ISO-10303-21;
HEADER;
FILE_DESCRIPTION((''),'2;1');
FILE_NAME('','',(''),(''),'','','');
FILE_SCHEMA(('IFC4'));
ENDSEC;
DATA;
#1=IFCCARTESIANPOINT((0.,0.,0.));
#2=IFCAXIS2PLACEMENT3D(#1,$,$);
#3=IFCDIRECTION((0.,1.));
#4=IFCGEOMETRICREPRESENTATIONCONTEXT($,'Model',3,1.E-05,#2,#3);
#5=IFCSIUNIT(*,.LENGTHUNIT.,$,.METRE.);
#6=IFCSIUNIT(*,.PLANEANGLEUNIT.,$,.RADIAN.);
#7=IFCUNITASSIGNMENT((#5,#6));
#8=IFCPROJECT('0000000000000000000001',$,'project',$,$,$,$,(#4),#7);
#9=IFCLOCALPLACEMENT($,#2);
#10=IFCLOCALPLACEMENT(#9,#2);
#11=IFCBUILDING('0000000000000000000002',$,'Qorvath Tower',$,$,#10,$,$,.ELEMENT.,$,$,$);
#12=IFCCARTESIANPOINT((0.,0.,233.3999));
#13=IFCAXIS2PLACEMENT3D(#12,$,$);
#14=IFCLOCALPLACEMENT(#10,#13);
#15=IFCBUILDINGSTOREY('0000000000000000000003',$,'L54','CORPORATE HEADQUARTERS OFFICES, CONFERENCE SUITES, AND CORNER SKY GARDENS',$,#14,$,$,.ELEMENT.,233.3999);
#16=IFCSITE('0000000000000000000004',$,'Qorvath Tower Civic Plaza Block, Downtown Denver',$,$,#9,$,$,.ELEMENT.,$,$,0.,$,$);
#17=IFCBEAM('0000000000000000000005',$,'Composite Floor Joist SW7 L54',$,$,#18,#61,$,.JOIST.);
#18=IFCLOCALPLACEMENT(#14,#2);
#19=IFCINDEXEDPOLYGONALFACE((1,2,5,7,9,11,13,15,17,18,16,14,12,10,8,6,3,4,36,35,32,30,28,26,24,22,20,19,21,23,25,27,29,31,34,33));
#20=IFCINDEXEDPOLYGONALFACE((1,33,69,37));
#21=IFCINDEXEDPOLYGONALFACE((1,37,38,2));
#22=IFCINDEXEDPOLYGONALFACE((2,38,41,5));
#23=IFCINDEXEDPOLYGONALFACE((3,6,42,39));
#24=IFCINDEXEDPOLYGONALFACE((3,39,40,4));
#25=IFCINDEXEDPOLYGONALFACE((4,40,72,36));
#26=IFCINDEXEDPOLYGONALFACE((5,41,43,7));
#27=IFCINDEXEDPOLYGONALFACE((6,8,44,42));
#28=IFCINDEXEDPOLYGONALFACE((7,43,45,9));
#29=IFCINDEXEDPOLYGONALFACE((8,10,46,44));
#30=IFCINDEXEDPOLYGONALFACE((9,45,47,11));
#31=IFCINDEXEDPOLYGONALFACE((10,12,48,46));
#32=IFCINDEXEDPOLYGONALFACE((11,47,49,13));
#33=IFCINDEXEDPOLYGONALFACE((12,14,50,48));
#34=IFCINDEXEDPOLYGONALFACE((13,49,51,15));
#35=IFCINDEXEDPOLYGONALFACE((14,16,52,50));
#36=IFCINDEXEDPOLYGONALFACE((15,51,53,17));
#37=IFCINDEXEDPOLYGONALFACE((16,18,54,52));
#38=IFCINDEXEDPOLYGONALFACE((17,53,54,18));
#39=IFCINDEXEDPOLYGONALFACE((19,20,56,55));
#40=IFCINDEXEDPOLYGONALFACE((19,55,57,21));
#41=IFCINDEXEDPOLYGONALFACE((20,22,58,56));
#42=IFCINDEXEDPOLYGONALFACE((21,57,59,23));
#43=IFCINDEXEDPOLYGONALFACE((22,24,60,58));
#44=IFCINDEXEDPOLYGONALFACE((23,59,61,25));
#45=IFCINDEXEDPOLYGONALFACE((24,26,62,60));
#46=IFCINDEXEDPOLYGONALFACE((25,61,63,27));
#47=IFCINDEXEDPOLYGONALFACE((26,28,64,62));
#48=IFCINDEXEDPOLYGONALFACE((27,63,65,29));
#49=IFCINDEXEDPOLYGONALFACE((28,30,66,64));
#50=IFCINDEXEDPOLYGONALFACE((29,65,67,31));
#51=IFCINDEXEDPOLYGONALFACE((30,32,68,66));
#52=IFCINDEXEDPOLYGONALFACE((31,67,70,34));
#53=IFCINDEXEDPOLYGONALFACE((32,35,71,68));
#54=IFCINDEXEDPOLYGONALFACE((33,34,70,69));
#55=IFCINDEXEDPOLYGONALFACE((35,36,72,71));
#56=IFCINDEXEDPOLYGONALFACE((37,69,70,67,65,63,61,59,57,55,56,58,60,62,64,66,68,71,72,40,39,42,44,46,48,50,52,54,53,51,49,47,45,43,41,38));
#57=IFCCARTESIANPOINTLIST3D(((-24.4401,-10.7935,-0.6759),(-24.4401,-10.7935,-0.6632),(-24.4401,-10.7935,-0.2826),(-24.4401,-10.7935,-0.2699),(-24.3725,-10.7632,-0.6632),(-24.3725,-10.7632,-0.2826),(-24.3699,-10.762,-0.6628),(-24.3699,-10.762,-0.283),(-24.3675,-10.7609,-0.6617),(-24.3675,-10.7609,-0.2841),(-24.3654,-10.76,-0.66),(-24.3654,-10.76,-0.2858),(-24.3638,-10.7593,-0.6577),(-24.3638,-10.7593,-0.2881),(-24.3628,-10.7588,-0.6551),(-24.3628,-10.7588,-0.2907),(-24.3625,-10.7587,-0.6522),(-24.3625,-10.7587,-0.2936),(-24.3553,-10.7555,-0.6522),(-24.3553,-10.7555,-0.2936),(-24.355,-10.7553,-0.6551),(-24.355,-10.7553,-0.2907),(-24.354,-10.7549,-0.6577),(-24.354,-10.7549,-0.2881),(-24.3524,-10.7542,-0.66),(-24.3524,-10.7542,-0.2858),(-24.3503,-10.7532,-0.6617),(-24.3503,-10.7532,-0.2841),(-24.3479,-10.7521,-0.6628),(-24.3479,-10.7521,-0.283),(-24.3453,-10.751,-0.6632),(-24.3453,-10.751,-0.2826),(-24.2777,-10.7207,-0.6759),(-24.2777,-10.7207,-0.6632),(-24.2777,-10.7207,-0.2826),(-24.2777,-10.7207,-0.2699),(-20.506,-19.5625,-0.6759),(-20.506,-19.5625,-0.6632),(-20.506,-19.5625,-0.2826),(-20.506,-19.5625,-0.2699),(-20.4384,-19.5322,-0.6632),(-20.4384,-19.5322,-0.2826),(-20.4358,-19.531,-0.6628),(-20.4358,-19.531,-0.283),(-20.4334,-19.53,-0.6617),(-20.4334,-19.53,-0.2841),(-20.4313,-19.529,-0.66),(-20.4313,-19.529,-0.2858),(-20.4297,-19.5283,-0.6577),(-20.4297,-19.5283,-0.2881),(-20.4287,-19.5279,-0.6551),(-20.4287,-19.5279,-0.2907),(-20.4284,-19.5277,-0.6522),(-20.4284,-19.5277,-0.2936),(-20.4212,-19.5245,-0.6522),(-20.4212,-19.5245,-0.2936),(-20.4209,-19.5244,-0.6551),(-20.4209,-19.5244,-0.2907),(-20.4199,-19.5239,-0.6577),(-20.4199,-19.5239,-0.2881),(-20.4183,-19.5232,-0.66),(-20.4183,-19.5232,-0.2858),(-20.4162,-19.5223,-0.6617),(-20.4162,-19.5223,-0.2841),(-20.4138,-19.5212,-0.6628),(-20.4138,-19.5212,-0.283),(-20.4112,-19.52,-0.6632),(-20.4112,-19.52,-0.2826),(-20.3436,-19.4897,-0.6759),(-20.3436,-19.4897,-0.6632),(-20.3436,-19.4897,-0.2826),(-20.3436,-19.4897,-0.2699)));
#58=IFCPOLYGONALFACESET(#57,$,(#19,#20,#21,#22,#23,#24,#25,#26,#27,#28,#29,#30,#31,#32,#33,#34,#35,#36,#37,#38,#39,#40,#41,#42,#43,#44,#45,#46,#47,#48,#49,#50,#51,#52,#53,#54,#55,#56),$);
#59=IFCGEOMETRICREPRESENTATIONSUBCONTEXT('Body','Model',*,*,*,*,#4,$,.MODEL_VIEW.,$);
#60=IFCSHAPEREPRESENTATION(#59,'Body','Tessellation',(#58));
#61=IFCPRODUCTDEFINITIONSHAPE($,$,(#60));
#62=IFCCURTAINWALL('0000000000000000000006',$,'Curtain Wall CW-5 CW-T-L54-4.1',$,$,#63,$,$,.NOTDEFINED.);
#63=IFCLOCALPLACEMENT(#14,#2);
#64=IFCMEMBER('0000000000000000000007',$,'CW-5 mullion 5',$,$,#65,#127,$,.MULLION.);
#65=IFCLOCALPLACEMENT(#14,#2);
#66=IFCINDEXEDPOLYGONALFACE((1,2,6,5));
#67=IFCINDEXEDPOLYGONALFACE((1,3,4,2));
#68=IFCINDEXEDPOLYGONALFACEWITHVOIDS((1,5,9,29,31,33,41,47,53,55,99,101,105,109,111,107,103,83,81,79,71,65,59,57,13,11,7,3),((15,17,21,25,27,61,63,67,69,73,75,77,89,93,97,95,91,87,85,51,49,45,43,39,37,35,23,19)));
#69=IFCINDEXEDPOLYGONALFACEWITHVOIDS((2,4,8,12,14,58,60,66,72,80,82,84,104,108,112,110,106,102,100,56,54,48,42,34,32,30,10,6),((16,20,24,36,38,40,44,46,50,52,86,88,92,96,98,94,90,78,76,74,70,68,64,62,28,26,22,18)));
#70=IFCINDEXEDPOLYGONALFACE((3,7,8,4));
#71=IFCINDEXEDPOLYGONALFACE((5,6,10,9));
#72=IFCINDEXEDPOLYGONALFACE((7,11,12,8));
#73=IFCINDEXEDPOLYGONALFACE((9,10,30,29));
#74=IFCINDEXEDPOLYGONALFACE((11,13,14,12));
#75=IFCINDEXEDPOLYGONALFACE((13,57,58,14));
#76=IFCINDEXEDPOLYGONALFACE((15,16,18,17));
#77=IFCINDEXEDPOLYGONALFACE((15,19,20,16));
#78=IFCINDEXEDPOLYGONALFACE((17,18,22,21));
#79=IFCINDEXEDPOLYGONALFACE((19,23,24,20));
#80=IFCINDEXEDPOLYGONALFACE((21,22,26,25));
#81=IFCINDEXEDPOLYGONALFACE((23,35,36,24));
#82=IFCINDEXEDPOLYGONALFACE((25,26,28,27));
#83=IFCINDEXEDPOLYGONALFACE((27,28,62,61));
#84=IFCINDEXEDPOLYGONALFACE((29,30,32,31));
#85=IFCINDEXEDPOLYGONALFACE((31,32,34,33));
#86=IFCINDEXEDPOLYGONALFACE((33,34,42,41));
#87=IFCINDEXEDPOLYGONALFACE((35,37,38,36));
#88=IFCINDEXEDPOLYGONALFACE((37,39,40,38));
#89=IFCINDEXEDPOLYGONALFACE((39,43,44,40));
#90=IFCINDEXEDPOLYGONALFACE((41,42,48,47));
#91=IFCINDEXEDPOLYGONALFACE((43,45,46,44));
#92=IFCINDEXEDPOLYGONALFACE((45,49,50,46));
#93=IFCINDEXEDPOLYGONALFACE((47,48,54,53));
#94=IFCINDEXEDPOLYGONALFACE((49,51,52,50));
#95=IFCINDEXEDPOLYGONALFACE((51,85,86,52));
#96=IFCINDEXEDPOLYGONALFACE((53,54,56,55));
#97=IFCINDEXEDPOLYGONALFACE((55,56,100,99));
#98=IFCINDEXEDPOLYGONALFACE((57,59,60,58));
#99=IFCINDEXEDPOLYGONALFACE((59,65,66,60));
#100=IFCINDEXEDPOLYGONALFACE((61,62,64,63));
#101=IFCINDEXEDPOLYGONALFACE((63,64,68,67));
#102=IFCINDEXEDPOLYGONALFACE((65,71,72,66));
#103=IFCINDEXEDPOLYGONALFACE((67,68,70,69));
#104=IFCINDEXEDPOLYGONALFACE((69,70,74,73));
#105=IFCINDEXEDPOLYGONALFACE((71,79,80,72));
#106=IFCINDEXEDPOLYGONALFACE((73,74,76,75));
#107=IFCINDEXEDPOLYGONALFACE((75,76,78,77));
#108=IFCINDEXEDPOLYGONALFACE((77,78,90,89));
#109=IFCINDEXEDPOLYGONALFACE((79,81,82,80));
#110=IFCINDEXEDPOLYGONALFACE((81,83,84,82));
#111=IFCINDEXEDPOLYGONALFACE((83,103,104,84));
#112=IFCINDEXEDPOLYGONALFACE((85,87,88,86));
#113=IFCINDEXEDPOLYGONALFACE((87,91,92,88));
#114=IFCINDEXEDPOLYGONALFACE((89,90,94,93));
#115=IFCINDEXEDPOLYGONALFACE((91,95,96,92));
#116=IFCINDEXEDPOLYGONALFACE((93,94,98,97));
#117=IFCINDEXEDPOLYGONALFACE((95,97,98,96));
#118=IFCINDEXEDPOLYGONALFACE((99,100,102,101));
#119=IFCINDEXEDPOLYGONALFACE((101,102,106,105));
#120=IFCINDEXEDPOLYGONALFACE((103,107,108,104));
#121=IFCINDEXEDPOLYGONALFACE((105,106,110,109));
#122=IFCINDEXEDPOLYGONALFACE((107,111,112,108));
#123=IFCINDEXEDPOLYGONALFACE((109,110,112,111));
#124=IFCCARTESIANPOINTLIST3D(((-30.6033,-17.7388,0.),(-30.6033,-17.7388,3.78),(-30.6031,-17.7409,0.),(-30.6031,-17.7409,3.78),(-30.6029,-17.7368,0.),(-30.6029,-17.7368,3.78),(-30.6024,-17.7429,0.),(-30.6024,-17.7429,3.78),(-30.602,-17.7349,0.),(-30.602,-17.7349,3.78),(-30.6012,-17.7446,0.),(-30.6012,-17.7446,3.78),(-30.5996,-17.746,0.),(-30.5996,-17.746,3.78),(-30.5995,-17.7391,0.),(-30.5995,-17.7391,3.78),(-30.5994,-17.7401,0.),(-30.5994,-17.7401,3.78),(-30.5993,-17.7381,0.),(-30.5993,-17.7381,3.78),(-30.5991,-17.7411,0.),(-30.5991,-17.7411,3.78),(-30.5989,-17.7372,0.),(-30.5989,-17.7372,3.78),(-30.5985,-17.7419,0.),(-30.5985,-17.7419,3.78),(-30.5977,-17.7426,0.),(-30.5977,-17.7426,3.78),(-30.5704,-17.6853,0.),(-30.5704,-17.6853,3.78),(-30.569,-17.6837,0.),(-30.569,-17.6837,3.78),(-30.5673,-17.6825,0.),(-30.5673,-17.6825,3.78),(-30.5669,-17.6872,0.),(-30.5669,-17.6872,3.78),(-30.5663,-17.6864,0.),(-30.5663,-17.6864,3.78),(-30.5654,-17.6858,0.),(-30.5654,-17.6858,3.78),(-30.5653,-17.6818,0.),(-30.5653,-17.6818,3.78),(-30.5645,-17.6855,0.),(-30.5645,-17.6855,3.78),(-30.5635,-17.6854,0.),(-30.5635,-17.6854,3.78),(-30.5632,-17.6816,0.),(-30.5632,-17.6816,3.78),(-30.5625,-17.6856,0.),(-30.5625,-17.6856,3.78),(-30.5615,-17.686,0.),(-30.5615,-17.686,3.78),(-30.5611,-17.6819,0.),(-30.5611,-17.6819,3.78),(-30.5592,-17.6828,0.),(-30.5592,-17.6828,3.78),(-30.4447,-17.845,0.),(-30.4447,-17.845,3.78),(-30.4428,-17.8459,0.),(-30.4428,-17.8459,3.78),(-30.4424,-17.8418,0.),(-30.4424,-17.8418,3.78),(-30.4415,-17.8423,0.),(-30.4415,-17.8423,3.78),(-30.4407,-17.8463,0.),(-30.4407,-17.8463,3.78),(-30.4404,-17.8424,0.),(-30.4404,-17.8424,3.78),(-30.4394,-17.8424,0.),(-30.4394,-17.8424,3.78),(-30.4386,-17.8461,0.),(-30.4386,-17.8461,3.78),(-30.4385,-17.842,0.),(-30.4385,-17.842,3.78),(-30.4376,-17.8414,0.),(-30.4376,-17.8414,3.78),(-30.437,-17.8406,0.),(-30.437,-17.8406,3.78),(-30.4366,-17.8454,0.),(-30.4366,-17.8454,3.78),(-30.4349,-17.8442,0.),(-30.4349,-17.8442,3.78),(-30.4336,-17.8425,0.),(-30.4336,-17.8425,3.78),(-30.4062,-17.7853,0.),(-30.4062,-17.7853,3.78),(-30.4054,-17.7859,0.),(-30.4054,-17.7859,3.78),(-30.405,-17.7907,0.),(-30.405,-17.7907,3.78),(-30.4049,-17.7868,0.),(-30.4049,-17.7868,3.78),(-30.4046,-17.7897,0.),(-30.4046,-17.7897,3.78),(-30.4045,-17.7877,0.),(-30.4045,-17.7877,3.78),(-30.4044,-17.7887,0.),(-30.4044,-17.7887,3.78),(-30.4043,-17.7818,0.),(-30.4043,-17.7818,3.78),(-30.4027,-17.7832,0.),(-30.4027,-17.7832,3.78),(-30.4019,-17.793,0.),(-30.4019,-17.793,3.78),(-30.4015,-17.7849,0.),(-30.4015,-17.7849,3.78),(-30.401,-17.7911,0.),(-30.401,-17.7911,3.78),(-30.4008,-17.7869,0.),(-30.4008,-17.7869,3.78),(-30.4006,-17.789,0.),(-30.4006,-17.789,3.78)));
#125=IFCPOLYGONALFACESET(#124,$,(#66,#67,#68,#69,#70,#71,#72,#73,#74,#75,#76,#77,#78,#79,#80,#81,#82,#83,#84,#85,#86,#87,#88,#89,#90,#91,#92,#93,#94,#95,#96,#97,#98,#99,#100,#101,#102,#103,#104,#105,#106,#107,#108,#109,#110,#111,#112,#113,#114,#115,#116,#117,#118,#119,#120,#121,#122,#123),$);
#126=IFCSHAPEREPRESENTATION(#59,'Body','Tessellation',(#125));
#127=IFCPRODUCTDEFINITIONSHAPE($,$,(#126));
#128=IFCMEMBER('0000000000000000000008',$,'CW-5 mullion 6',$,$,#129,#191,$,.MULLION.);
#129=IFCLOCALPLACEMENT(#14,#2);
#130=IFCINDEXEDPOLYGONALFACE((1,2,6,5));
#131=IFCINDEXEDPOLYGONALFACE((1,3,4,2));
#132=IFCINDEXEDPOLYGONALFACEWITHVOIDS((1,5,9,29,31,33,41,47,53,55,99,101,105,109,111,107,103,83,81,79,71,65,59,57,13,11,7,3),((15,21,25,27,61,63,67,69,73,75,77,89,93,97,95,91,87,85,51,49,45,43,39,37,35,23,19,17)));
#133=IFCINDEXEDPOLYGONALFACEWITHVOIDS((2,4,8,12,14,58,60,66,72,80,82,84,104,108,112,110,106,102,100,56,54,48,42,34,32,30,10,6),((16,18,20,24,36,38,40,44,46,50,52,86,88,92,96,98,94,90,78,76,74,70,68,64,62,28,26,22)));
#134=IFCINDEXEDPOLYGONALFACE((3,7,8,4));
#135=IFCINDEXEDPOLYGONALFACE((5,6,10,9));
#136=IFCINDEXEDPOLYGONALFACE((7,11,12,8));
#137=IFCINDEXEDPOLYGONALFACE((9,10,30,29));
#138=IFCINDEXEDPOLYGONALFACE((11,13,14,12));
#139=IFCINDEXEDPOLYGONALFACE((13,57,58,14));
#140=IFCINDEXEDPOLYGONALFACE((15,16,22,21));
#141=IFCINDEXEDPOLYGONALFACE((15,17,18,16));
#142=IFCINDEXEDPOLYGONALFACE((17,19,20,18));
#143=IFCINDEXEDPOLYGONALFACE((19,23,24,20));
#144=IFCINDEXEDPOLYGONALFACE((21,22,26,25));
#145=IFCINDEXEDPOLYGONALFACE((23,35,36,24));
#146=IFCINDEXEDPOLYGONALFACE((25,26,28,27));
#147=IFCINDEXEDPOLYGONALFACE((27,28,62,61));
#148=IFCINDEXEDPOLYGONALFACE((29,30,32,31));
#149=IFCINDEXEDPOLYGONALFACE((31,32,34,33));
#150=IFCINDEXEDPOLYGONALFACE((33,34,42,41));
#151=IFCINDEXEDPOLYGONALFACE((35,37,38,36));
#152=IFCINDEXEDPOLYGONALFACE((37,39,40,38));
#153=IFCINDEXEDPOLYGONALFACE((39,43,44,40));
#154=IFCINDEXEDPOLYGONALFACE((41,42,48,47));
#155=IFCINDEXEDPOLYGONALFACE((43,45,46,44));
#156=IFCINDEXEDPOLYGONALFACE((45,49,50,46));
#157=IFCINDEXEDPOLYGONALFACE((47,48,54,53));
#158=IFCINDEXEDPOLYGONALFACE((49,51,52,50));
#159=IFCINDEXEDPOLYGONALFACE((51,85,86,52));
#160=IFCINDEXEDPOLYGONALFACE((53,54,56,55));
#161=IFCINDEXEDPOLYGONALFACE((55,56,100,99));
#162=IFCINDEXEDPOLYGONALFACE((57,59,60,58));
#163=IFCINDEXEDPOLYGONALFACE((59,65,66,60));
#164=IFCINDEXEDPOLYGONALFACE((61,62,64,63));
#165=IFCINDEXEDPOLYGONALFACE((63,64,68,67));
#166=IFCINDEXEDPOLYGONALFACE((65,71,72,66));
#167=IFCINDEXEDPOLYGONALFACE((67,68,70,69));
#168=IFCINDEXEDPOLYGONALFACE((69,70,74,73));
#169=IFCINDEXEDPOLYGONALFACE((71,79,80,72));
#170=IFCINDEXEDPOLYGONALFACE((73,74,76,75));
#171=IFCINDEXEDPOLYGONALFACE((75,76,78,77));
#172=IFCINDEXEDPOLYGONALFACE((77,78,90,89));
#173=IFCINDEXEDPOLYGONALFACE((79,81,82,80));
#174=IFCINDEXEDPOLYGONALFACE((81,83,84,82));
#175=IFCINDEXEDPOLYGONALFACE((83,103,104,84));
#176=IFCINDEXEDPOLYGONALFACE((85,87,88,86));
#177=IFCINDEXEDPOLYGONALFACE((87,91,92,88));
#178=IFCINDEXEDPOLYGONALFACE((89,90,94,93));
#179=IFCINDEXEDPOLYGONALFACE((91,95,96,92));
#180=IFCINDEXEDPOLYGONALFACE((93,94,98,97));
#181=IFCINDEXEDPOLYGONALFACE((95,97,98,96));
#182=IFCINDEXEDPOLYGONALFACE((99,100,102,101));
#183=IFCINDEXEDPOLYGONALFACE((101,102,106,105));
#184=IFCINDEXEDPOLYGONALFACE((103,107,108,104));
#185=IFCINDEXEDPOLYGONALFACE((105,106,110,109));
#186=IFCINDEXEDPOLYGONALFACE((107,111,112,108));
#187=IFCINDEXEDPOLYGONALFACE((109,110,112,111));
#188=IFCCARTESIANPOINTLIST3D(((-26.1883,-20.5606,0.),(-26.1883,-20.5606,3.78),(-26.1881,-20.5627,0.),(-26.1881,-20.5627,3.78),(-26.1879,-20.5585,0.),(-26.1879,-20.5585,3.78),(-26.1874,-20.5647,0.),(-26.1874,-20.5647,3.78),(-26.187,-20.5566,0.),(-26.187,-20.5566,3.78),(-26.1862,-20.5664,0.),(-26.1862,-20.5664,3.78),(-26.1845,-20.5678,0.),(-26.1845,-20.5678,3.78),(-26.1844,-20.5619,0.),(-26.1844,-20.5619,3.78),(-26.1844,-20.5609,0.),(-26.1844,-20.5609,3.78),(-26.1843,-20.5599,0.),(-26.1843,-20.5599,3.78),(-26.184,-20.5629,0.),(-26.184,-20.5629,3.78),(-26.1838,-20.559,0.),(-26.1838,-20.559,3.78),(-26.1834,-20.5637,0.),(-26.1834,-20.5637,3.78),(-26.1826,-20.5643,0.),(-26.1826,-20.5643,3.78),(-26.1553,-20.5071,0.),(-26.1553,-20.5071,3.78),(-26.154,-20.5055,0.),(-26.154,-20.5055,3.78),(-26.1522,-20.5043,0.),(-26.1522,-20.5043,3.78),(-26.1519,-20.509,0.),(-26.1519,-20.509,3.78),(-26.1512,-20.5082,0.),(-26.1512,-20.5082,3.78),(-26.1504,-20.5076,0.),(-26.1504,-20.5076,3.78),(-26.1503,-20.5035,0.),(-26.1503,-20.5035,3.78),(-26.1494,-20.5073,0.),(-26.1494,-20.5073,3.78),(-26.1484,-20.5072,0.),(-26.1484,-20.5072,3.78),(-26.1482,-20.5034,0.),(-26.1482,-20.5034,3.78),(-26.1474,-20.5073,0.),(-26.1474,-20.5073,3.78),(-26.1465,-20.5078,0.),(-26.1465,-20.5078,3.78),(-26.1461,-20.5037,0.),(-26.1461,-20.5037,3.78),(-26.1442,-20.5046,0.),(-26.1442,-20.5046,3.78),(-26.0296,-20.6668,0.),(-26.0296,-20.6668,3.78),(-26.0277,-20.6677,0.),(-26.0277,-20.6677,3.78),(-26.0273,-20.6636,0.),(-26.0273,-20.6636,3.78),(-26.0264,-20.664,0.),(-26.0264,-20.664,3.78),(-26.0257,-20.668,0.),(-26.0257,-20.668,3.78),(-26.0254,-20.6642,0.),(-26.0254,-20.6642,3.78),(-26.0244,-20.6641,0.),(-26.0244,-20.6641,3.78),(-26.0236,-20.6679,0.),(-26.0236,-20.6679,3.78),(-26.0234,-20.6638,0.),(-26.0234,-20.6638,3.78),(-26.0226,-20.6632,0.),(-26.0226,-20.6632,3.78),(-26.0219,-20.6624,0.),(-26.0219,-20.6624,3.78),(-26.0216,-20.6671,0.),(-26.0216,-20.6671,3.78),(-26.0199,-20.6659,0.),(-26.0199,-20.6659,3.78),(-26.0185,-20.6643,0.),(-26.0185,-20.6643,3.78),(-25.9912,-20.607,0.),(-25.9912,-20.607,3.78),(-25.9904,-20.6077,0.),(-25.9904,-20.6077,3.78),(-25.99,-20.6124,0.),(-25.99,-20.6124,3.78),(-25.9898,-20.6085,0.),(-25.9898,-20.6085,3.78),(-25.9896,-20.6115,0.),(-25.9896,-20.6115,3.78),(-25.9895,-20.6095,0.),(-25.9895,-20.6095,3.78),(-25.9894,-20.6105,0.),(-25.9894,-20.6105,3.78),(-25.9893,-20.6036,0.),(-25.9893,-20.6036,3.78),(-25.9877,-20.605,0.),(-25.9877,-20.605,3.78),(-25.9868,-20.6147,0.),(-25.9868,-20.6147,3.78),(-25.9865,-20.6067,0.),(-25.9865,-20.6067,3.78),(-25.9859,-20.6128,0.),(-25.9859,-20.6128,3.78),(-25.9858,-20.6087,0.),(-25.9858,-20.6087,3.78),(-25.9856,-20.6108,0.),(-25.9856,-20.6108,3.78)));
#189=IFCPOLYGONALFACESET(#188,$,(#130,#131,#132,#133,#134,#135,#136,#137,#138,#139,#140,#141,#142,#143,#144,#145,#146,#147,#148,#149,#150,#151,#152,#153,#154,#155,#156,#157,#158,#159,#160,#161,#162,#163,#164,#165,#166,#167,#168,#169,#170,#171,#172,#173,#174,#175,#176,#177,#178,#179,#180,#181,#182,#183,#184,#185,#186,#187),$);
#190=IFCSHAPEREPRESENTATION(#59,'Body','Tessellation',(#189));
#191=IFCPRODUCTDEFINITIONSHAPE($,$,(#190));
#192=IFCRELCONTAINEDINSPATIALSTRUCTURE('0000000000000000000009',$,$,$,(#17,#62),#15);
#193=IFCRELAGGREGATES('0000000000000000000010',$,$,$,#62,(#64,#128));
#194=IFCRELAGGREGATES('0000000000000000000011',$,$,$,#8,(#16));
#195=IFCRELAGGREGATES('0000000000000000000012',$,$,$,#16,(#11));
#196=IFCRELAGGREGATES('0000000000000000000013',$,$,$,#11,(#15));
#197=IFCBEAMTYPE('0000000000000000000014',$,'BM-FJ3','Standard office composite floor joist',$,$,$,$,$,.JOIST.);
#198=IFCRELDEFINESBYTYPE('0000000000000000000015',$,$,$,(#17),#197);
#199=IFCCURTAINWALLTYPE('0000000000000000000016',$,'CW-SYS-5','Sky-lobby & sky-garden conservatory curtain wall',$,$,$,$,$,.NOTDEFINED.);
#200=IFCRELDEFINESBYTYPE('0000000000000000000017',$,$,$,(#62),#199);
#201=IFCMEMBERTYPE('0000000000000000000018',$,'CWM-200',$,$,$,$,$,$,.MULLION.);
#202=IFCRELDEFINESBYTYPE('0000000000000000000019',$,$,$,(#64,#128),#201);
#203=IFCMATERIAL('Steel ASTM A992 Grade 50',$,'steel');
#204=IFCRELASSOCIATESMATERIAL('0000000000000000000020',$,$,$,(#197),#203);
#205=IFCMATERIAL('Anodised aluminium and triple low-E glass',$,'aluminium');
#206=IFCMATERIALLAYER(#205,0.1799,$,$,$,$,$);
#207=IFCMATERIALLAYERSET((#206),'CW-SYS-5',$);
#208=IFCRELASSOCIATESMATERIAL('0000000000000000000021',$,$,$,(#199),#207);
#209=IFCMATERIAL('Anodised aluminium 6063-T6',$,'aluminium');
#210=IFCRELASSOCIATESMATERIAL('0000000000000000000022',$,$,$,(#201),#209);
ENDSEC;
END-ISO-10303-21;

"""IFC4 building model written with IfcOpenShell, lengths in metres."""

from ifc_helpers import new_model, si_unit, direction, frame, origin, origin_2d, place, context, subcontext, project, spatial, hollow_rectangle, i_section, extrude, material, layer, layer_set, material_profile, profile_set, type_object, element, aggregate, save


model = new_model("IFC4")

# Units and contexts
model_context = context("Model", 3, precision=1e-05, world=origin(), true_north=direction((0.0, 1.0)))
body_context = subcontext(model_context, "Body", "Model", "MODEL_VIEW")
ifc_project = project(units=[si_unit("LENGTHUNIT", "METRE"), si_unit("PLANEANGLEUNIT", "RADIAN")], contexts=[model_context])

# Site, building, storey
site_placement = place(None, origin())
site = spatial("IfcSite", under=ifc_project, at=site_placement, Name="Qorvath Tower Civic Plaza Block, Downtown Denver", CompositionType="ELEMENT", RefElevation=0.0)
building_placement = place(site_placement, origin())
building = spatial("IfcBuilding", under=site, at=building_placement, Name="Qorvath Tower", CompositionType="ELEMENT")
storey_placement = place(building_placement, frame((0.0, 0.0, 233.3999)))
storey = spatial("IfcBuildingStorey", under=building, at=storey_placement, Name="L54", Description="CORPORATE HEADQUARTERS OFFICES, CONFERENCE SUITES, AND CORNER SKY GARDENS", CompositionType="ELEMENT", Elevation=233.3999)

# Beam
ifc_material_1 = material(Name="Steel ASTM A992 Grade 50", Category="steel")
ifc_material_profile_1 = material_profile(ifc_material_1, i_section(OverallWidth=0.178, OverallDepth=0.406, WebThickness=0.0078, FlangeThickness=0.0127, FilletRadius=0.011, at=origin_2d()), Name="W16x40")
ifc_profile_set_1 = profile_set([ifc_material_profile_1], Name="Steel ASTM A992 Grade 50")
beam_type_1 = type_object("IfcBeamType", Name="BM-FJ3", Description="Standard office composite floor joist", PredefinedType="JOIST", material=ifc_profile_set_1)
beam_1_placement = place(storey_placement, frame((-24.3589, -10.7571, -0.4729), z_axis=(0.409327, -0.912388, 0.0), x_axis=(0.912388, 0.409327, 0.0)))
element("IfcBeam", 1, at=beam_1_placement, inside=storey, type_object=beam_type_1, Name="Composite Floor Joist SW7 L54", PredefinedType="JOIST", context=body_context, shape_type="SweptSolid", body=[
    extrude(i_section(OverallWidth=0.178, OverallDepth=0.406, WebThickness=0.0078, FlangeThickness=0.0127, FilletRadius=0.011, at=origin_2d()), origin(), (0.0, 0.0, 1.0), 9.6111),
])

# Curtain wall, members
ifc_material_2 = material(Name="Anodised aluminium and triple low-E glass", Category="aluminium")
ifc_layer_1 = layer(ifc_material_2, 0.1799)
ifc_layer_set_1 = layer_set([ifc_layer_1], Name="CW-SYS-5")
curtain_wall_type = type_object("IfcCurtainWallType", Name="CW-SYS-5", Description="Sky-lobby & sky-garden conservatory curtain wall", PredefinedType="NOTDEFINED", material=ifc_layer_set_1)
curtain_wall_placement = place(storey_placement, origin())
curtain_wall = element("IfcCurtainWall", 2, at=curtain_wall_placement, inside=storey, type_object=curtain_wall_type, Name="Curtain Wall CW-5 CW-T-L54-4.1", PredefinedType="NOTDEFINED")
ifc_material_3 = material(Name="Anodised aluminium 6063-T6", Category="aluminium")
ifc_material_profile_2 = material_profile(ifc_material_3, hollow_rectangle(XDim=0.075, YDim=0.2, WallThickness=0.0039, InnerFilletRadius=0.0039, OuterFilletRadius=0.0081, at=origin_2d()), Name="CWM 200x75")
ifc_profile_set_2 = profile_set([ifc_material_profile_2], Name="Anodised aluminium 6063-T6")
member_type_1 = type_object("IfcMemberType", Name="CWM-200", PredefinedType="MULLION", material=ifc_profile_set_2)
member_1_placement = place(storey_placement, frame((-30.502, -17.7639, 0.0), z_axis=(0.0, 0.0, 1.0), x_axis=(0.538528, 0.842607, 0.0)))
member_1 = element("IfcMember", 3, at=member_1_placement, type_object=member_type_1, Name="CW-5 mullion 5", PredefinedType="MULLION", context=body_context, shape_type="SweptSolid", body=[
    extrude(hollow_rectangle(XDim=0.075, YDim=0.2, WallThickness=0.0039, InnerFilletRadius=0.0039, OuterFilletRadius=0.0081, at=origin_2d()), origin(), (0.0, 0.0, 1.0), 3.78),
])
member_2_placement = place(storey_placement, frame((-26.0869, -20.5857, 0.0), z_axis=(0.0, 0.0, 1.0), x_axis=(0.538528, 0.842607, 0.0)))
member_2 = element("IfcMember", 4, at=member_2_placement, type_object=member_type_1, Name="CW-5 mullion 6", PredefinedType="MULLION", context=body_context, shape_type="SweptSolid", body=[
    extrude(hollow_rectangle(XDim=0.075, YDim=0.2, WallThickness=0.0039, InnerFilletRadius=0.0039, OuterFilletRadius=0.0081, at=origin_2d()), origin(), (0.0, 0.0, 1.0), 3.78),
])
aggregate(curtain_wall, [member_1, member_2])

save(model, "model.ifc")
